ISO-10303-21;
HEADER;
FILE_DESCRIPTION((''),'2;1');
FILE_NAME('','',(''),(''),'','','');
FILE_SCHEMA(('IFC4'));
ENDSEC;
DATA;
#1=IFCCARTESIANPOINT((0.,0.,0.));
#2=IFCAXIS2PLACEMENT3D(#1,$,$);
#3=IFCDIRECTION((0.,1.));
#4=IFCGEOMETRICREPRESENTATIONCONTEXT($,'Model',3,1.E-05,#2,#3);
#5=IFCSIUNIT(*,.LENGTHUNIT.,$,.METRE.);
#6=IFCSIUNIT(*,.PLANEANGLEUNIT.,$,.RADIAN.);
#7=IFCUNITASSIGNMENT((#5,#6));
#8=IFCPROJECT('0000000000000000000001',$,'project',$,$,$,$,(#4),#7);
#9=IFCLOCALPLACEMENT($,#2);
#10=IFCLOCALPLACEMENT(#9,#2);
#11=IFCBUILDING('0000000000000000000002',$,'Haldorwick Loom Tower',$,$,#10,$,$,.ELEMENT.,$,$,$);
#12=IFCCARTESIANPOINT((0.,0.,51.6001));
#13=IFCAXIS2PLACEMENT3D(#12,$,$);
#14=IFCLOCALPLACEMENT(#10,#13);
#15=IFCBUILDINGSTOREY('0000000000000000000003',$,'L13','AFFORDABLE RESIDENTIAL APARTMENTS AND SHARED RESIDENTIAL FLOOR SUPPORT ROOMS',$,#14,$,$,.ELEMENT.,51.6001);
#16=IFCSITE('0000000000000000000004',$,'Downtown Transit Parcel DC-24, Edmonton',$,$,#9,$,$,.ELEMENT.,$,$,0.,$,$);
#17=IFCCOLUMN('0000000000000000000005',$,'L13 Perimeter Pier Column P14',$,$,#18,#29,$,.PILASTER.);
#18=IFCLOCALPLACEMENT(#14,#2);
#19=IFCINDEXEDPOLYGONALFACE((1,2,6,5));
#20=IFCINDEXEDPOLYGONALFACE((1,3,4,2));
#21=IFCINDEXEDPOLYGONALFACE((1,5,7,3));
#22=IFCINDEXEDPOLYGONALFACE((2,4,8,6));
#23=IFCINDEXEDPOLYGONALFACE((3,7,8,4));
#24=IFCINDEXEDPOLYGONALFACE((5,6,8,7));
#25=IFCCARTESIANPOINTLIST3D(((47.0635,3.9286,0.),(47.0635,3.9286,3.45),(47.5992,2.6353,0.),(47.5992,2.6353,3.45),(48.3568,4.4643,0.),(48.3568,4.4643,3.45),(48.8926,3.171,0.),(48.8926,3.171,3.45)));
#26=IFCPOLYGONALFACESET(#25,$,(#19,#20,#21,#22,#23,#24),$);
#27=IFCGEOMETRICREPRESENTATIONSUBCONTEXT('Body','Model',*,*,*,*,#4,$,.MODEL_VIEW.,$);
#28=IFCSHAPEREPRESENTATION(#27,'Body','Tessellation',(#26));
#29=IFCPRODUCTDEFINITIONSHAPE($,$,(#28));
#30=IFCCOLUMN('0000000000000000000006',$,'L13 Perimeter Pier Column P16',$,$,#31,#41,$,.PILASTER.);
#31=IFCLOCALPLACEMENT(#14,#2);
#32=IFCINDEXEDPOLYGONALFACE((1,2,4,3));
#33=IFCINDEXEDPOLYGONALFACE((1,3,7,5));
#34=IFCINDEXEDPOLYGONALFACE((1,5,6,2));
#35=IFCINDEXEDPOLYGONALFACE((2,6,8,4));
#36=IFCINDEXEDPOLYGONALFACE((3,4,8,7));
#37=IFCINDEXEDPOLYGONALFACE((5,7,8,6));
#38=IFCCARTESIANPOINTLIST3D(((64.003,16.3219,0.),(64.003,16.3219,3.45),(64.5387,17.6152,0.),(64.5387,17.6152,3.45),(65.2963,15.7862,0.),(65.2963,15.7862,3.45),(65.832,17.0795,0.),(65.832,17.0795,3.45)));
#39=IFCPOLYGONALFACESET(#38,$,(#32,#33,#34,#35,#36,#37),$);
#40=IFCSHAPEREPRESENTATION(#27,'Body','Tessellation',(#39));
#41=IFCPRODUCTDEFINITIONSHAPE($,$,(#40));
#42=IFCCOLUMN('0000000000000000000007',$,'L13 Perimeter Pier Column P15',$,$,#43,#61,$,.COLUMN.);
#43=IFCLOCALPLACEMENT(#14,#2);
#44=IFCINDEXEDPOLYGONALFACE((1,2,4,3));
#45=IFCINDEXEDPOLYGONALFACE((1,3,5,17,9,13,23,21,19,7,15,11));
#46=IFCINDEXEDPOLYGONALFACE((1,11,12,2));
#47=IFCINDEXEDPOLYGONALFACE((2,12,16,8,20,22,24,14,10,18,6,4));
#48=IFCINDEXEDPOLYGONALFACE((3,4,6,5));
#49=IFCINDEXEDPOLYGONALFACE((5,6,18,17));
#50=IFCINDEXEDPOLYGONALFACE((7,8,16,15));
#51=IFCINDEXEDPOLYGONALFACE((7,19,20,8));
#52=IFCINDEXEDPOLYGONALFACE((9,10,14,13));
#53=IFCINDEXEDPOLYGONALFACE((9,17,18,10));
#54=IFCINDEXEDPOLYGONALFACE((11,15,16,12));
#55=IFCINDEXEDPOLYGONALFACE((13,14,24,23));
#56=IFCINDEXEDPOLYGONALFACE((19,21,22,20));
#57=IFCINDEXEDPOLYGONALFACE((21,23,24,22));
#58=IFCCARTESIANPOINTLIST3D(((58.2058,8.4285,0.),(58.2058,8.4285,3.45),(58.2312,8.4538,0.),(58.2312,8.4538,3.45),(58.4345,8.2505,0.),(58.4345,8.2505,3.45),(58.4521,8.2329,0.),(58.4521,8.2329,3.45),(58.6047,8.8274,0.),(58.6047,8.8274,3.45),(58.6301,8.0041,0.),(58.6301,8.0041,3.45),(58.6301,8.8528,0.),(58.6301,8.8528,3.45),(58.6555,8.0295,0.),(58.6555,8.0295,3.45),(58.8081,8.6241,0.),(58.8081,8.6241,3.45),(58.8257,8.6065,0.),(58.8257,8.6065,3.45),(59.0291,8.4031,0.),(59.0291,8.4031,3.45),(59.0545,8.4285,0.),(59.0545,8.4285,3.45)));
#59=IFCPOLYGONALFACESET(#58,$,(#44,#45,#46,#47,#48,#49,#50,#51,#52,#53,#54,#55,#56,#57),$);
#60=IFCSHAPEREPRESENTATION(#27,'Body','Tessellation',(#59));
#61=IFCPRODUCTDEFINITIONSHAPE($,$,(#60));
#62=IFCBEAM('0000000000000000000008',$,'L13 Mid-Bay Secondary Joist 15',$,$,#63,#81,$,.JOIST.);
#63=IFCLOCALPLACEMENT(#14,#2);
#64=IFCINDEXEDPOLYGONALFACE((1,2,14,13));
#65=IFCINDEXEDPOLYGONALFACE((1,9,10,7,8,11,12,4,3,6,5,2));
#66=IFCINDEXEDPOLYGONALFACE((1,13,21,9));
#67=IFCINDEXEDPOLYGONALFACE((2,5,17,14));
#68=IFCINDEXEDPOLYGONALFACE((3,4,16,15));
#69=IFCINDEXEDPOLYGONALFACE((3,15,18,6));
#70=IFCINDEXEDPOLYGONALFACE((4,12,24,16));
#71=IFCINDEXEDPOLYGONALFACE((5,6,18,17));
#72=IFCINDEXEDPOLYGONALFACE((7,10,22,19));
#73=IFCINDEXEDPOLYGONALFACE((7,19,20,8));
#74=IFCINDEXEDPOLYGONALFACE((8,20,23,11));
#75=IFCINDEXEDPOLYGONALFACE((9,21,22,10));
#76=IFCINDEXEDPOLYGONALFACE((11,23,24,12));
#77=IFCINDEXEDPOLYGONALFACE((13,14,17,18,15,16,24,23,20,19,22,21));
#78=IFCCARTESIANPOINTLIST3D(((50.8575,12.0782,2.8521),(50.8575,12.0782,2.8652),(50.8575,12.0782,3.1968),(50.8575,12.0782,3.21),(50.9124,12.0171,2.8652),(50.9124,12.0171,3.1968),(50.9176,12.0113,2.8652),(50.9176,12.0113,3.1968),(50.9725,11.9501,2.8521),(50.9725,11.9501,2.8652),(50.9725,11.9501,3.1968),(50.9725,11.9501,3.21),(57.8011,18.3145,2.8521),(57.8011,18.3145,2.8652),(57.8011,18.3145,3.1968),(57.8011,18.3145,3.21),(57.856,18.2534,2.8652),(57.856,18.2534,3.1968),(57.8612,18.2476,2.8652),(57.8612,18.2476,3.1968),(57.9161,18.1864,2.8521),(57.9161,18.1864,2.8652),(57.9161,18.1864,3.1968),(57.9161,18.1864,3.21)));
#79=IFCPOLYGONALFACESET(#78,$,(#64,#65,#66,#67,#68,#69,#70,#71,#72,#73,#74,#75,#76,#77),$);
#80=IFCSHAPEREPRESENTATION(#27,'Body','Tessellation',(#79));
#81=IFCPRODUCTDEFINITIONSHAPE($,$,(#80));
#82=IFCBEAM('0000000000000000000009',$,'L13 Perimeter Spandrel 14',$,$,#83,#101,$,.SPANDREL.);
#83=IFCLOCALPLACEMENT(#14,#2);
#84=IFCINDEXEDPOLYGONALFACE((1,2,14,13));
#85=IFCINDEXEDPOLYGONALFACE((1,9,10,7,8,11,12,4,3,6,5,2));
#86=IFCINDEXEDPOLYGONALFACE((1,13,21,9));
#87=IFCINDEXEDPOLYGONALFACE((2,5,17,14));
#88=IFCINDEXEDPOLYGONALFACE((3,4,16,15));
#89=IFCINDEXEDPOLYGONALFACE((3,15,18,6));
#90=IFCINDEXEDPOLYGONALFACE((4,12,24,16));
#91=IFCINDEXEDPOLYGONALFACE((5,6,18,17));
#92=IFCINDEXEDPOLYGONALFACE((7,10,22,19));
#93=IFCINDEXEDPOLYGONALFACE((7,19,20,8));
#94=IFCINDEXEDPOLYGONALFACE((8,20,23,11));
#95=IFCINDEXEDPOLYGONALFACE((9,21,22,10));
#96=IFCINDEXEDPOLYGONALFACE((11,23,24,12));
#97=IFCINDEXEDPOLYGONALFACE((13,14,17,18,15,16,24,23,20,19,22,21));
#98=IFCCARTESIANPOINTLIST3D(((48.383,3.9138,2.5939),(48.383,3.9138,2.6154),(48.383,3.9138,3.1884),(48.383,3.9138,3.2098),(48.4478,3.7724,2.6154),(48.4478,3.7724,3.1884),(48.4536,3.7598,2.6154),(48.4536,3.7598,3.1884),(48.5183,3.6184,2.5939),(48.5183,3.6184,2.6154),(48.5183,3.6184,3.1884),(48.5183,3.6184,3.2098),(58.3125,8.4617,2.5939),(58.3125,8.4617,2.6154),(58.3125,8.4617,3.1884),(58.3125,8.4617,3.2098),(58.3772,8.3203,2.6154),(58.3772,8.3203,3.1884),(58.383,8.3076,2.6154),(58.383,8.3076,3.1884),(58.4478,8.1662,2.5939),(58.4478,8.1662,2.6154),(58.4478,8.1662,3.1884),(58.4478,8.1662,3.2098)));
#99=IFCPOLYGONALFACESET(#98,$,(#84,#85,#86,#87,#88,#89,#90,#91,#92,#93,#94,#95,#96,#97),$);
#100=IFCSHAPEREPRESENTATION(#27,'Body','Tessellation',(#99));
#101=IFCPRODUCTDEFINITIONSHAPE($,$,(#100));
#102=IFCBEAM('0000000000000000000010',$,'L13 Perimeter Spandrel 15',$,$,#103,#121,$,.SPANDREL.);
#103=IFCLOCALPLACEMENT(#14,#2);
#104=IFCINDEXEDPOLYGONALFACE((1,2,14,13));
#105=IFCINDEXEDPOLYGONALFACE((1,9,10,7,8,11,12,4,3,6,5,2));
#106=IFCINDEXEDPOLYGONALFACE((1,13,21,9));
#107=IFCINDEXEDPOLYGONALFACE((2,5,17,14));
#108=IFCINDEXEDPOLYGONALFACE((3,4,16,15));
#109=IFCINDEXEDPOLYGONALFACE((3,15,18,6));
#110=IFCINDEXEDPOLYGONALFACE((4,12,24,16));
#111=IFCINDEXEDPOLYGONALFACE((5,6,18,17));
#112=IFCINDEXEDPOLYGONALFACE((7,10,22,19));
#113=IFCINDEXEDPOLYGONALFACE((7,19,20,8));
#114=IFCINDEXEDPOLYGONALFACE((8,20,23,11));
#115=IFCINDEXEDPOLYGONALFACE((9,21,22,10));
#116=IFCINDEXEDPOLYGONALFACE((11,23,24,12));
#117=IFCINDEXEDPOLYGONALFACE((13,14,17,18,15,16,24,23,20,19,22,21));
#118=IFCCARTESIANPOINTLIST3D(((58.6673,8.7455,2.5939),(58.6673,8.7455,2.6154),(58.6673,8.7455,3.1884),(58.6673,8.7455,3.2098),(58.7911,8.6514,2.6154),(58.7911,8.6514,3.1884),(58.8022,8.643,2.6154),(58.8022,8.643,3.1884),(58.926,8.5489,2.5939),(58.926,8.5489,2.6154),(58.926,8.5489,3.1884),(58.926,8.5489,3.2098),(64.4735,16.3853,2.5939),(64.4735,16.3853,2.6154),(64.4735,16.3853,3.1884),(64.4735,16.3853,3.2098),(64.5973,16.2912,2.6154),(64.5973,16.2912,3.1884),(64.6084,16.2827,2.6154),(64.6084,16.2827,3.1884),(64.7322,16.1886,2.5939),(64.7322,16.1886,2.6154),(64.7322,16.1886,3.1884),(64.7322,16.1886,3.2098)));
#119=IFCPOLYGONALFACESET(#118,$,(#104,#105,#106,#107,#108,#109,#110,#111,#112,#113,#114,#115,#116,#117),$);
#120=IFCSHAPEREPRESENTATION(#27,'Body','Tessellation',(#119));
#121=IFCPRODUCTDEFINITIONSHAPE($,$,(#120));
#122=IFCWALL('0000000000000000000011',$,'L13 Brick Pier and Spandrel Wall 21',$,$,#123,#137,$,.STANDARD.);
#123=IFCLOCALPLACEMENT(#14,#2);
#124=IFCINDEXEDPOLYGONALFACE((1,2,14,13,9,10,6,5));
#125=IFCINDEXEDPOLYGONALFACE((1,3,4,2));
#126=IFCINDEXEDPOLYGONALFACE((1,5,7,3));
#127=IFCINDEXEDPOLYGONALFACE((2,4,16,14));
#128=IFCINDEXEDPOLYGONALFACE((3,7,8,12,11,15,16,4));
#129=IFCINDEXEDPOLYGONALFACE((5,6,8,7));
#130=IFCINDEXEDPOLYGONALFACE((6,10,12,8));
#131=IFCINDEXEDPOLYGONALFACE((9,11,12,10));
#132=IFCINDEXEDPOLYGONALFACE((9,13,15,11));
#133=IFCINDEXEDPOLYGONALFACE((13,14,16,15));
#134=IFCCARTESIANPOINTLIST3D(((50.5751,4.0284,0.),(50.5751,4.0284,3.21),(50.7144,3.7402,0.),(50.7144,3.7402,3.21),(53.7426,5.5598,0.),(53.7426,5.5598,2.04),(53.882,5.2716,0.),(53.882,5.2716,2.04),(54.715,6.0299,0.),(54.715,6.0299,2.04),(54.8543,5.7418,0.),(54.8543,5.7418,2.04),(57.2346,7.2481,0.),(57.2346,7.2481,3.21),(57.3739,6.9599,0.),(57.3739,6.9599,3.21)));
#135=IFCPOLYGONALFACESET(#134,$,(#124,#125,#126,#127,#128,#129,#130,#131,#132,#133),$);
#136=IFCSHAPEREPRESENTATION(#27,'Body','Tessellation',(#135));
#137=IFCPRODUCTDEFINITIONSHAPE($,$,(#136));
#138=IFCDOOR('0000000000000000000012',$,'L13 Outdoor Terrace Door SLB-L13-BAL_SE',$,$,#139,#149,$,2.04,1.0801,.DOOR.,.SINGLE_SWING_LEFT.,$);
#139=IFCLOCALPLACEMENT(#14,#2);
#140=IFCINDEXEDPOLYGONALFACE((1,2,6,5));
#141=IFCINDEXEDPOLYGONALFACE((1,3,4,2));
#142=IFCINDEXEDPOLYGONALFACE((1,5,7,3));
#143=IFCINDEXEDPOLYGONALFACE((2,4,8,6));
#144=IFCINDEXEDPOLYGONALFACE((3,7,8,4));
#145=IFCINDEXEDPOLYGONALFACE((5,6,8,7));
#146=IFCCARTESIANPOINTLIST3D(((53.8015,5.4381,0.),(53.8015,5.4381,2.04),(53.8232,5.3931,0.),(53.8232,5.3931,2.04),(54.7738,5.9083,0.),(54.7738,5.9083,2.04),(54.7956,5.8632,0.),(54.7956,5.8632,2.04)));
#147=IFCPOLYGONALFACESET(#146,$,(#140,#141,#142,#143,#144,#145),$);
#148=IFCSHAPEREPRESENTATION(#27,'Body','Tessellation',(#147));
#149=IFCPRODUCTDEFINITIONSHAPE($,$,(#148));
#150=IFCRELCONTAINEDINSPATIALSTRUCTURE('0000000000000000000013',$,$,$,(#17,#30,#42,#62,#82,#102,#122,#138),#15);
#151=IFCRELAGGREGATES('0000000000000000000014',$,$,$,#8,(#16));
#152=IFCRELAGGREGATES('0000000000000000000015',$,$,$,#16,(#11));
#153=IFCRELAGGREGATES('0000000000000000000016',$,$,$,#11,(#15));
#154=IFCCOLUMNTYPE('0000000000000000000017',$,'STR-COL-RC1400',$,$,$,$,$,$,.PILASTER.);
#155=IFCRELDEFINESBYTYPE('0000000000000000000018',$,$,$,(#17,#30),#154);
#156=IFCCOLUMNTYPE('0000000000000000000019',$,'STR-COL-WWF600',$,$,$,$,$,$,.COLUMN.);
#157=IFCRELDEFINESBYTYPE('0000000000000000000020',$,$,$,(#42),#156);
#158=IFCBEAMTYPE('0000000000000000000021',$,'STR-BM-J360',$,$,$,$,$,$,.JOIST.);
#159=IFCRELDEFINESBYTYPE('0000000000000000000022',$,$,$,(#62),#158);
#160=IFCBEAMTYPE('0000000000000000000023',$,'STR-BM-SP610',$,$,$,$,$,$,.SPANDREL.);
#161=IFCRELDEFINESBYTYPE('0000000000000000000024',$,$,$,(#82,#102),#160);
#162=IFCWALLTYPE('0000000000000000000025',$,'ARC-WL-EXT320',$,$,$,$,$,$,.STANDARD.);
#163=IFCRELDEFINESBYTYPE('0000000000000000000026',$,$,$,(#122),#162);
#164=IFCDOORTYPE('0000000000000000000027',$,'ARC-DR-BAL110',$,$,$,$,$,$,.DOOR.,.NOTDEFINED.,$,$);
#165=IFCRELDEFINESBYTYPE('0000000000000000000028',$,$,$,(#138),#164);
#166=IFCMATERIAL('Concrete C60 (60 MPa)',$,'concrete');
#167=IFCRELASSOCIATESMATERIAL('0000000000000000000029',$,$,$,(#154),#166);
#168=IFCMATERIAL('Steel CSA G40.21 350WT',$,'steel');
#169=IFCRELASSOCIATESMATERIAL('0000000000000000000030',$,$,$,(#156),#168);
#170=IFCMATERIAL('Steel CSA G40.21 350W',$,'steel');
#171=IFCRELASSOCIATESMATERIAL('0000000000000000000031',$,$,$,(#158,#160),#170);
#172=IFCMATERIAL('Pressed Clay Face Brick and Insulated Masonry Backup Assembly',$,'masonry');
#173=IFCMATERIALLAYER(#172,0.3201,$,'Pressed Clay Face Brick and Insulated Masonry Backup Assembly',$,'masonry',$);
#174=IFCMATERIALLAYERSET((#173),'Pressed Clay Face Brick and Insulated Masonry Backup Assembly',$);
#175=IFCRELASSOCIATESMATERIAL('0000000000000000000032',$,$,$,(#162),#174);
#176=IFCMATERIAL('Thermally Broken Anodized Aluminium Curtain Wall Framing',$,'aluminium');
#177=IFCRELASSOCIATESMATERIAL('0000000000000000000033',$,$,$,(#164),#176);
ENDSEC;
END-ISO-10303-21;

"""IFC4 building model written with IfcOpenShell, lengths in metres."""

from ifc_helpers import new_model, si_unit, direction, frame, frame_2d, origin, origin_2d, place, context, subcontext, project, spatial, rectangle, i_section, extrude, material, layer, layer_set, material_profile, profile_set, type_object, element, fill, save


model = new_model("IFC4")

# Units and contexts
model_context = context("Model", 3, precision=1e-05, world=origin(), true_north=direction((0.0, 1.0)))
body_context = subcontext(model_context, "Body", "Model", "MODEL_VIEW")
ifc_project = project(units=[si_unit("LENGTHUNIT", "METRE"), si_unit("PLANEANGLEUNIT", "RADIAN")], contexts=[model_context])

# Site, building, storey
site_placement = place(None, origin())
site = spatial("IfcSite", under=ifc_project, at=site_placement, Name="Downtown Transit Parcel DC-24, Edmonton", CompositionType="ELEMENT", RefElevation=0.0)
building_placement = place(site_placement, origin())
building = spatial("IfcBuilding", under=site, at=building_placement, Name="Haldorwick Loom Tower", CompositionType="ELEMENT")
storey_placement = place(building_placement, frame((0.0, 0.0, 51.6001)))
storey = spatial("IfcBuildingStorey", under=building, at=storey_placement, Name="L13", Description="AFFORDABLE RESIDENTIAL APARTMENTS AND SHARED RESIDENTIAL FLOOR SUPPORT ROOMS", CompositionType="ELEMENT", Elevation=51.6001)

# Columns
ifc_material_1 = material(Name="Concrete C60 (60 MPa)", Category="concrete")
ifc_material_profile_1 = material_profile(ifc_material_1, rectangle(XDim=1.3999, YDim=1.3999, at=origin_2d()), Name="RC1400X1400", Category="concrete")
ifc_profile_set_1 = profile_set([ifc_material_profile_1], Name="Concrete C60 (60 MPa)")
column_type_1 = type_object("IfcColumnType", Name="STR-COL-RC1400", PredefinedType="PILASTER", material=ifc_profile_set_1)
for number, where, z_axis, x_axis, name in (
    (1, (47.978, 3.5498, 0.0), (0.0, 0.0, 1.0), (0.382683, -0.92388, 0.0), "L13 Perimeter Pier Column P14"),
    (2, (64.9175, 16.7007, 0.0), (0.0, 0.0, 1.0), (0.92388, -0.382683, 0.0), "L13 Perimeter Pier Column P16"),
):
    element("IfcColumn", number, at=place(storey_placement, frame(where, z_axis=z_axis, x_axis=x_axis)), inside=storey, type_object=column_type_1, Name=name, PredefinedType="PILASTER", context=body_context, shape_type="SweptSolid", body=[
        extrude(rectangle(XDim=1.3999, YDim=1.3999, at=origin_2d()), origin(), (0.0, 0.0, 1.0), 3.45),
    ])
ifc_material_2 = material(Name="Steel CSA G40.21 350WT", Category="steel")
ifc_material_profile_2 = material_profile(ifc_material_2, i_section(OverallWidth=0.6001, OverallDepth=0.6001, WebThickness=0.0249, FlangeThickness=0.0359, at=origin_2d()), Name="WWF600X600", Category="steel")
ifc_profile_set_2 = profile_set([ifc_material_profile_2], Name="Steel CSA G40.21 350WT")
column_type_2 = type_object("IfcColumnType", Name="STR-COL-WWF600", PredefinedType="COLUMN", material=ifc_profile_set_2)
column_placement = place(storey_placement, frame((58.6301, 8.4285, 0.0), z_axis=(0.0, 0.0, 1.0), x_axis=(0.707107, -0.707107, 0.0)))
element("IfcColumn", 3, at=column_placement, inside=storey, type_object=column_type_2, Name="L13 Perimeter Pier Column P15", PredefinedType="COLUMN", context=body_context, shape_type="SweptSolid", body=[
    extrude(i_section(OverallWidth=0.6001, OverallDepth=0.6001, WebThickness=0.0249, FlangeThickness=0.0359, at=origin_2d()), origin(), (0.0, 0.0, 1.0), 3.45),
])

# Beams
ifc_material_3 = material(Name="Steel CSA G40.21 350W", Category="steel")
ifc_material_profile_3 = material_profile(ifc_material_3, i_section(OverallWidth=0.1721, OverallDepth=0.3579, WebThickness=0.0078, FlangeThickness=0.0132, at=origin_2d()), Name="W360X57", Category="steel")
ifc_profile_set_3 = profile_set([ifc_material_profile_3], Name="Steel CSA G40.21 350W")
beam_type_1 = type_object("IfcBeamType", Name="STR-BM-J360", PredefinedType="JOIST", material=ifc_profile_set_3)
beam_1_placement = place(storey_placement, frame((50.915, 12.0142, 3.031), z_axis=(0.743982, 0.6682, 0.0), x_axis=(-0.6682, 0.743982, 0.0)))
element("IfcBeam", 4, at=beam_1_placement, inside=storey, type_object=beam_type_1, Name="L13 Mid-Bay Secondary Joist 15", PredefinedType="JOIST", context=body_context, shape_type="SweptSolid", body=[
    extrude(i_section(OverallWidth=0.1721, OverallDepth=0.3579, WebThickness=0.0078, FlangeThickness=0.0132, at=origin_2d()), origin(), (0.0, 0.0, 1.0), 9.333),
])
ifc_material_profile_4 = material_profile(ifc_material_3, i_section(OverallWidth=0.325, OverallDepth=0.616, WebThickness=0.0139, FlangeThickness=0.0215, at=origin_2d()), Name="W610X174", Category="steel")
ifc_profile_set_4 = profile_set([ifc_material_profile_4], Name="Steel CSA G40.21 350W")
beam_type_2 = type_object("IfcBeamType", Name="STR-BM-SP610", PredefinedType="SPANDREL", material=ifc_profile_set_4)
beam_2_placement = place(storey_placement, frame((48.4507, 3.7661, 2.9019), z_axis=(0.909174, 0.416417, 0.0), x_axis=(-0.416417, 0.909174, 0.0)))
element("IfcBeam", 5, at=beam_2_placement, inside=storey, type_object=beam_type_2, Name="L13 Perimeter Spandrel 14", PredefinedType="SPANDREL", context=body_context, shape_type="SweptSolid", body=[
    extrude(i_section(OverallWidth=0.325, OverallDepth=0.616, WebThickness=0.0139, FlangeThickness=0.0215, at=origin_2d()), origin(), (0.0, 0.0, 1.0), 10.9214),
])
beam_3_placement = place(storey_placement, frame((58.7966, 8.6472, 2.9019), z_axis=(0.605085, 0.796161, 0.0), x_axis=(-0.796161, 0.605085, 0.0)))
element("IfcBeam", 6, at=beam_3_placement, inside=storey, type_object=beam_type_2, Name="L13 Perimeter Spandrel 15", PredefinedType="SPANDREL", context=body_context, shape_type="SweptSolid", body=[
    extrude(i_section(OverallWidth=0.325, OverallDepth=0.616, WebThickness=0.0139, FlangeThickness=0.0215, at=origin_2d()), origin(), (0.0, 0.0, 1.0), 9.5957),
])

# Wall, opening, door
ifc_material_4 = material(Name="Pressed Clay Face Brick and Insulated Masonry Backup Assembly", Category="masonry")
ifc_layer_1 = layer(ifc_material_4, 0.3201, Name="Pressed Clay Face Brick and Insulated Masonry Backup Assembly", Category="masonry")
ifc_layer_set_1 = layer_set([ifc_layer_1], Name="Pressed Clay Face Brick and Insulated Masonry Backup Assembly")
wall_type_1 = type_object("IfcWallType", Name="ARC-WL-EXT320", PredefinedType="STANDARD", material=ifc_layer_set_1)
wall_1_placement = place(storey_placement, frame((50.6448, 3.8843, 0.0), z_axis=(0.0, 0.0, 1.0), x_axis=(0.900296, 0.435279, 0.0)))
wall_1 = element("IfcWall", 7, at=wall_1_placement, inside=storey, type_object=wall_type_1, Name="L13 Brick Pier and Spandrel Wall 21", PredefinedType="STANDARD", context=body_context, shape_type="SweptSolid", body=[
    extrude(rectangle(XDim=7.397, YDim=0.3201, at=frame_2d((3.6985, 0.0))), origin(), (0.0, 0.0, 1.0), 3.21),
])
opening_1_placement = place(wall_1_placement, frame((3.5183, 0.0, 0.0)))
opening_1 = element("IfcOpeningElement", 8, at=opening_1_placement, cuts=wall_1, PredefinedType="OPENING", context=body_context, shape_type="SweptSolid", body=[
    extrude(rectangle(XDim=1.0801, YDim=2.04, at=frame_2d((0.54, 1.02))), frame((0.0, 0.1699, 0.0), z_axis=(0.0, -1.0, 0.0), x_axis=(1.0, 0.0, 0.0)), (0.0, 0.0, 1.0), 0.3401),
])
ifc_material_5 = material(Name="Thermally Broken Anodized Aluminium Curtain Wall Framing", Category="aluminium")
door_type_1 = type_object("IfcDoorType", Name="ARC-DR-BAL110", OperationType="NOTDEFINED", PredefinedType="DOOR", material=ifc_material_5)
door_1_placement = place(opening_1_placement, origin())
door_1 = element("IfcDoor", 9, at=door_1_placement, inside=storey, type_object=door_type_1, Name="L13 Outdoor Terrace Door SLB-L13-BAL_SE", OperationType="SINGLE_SWING_LEFT", OverallHeight=2.04, OverallWidth=1.0801, PredefinedType="DOOR", context=body_context, shape_type="SweptSolid", body=[
    extrude(rectangle(XDim=1.0801, YDim=2.04, at=frame_2d((0.54, 1.02))), frame((0.0, 0.0249, 0.0), z_axis=(0.0, -1.0, 0.0), x_axis=(1.0, 0.0, 0.0)), (0.0, 0.0, 1.0), 0.05),
])
fill(opening_1, door_1)

save(model, "model.ifc")
